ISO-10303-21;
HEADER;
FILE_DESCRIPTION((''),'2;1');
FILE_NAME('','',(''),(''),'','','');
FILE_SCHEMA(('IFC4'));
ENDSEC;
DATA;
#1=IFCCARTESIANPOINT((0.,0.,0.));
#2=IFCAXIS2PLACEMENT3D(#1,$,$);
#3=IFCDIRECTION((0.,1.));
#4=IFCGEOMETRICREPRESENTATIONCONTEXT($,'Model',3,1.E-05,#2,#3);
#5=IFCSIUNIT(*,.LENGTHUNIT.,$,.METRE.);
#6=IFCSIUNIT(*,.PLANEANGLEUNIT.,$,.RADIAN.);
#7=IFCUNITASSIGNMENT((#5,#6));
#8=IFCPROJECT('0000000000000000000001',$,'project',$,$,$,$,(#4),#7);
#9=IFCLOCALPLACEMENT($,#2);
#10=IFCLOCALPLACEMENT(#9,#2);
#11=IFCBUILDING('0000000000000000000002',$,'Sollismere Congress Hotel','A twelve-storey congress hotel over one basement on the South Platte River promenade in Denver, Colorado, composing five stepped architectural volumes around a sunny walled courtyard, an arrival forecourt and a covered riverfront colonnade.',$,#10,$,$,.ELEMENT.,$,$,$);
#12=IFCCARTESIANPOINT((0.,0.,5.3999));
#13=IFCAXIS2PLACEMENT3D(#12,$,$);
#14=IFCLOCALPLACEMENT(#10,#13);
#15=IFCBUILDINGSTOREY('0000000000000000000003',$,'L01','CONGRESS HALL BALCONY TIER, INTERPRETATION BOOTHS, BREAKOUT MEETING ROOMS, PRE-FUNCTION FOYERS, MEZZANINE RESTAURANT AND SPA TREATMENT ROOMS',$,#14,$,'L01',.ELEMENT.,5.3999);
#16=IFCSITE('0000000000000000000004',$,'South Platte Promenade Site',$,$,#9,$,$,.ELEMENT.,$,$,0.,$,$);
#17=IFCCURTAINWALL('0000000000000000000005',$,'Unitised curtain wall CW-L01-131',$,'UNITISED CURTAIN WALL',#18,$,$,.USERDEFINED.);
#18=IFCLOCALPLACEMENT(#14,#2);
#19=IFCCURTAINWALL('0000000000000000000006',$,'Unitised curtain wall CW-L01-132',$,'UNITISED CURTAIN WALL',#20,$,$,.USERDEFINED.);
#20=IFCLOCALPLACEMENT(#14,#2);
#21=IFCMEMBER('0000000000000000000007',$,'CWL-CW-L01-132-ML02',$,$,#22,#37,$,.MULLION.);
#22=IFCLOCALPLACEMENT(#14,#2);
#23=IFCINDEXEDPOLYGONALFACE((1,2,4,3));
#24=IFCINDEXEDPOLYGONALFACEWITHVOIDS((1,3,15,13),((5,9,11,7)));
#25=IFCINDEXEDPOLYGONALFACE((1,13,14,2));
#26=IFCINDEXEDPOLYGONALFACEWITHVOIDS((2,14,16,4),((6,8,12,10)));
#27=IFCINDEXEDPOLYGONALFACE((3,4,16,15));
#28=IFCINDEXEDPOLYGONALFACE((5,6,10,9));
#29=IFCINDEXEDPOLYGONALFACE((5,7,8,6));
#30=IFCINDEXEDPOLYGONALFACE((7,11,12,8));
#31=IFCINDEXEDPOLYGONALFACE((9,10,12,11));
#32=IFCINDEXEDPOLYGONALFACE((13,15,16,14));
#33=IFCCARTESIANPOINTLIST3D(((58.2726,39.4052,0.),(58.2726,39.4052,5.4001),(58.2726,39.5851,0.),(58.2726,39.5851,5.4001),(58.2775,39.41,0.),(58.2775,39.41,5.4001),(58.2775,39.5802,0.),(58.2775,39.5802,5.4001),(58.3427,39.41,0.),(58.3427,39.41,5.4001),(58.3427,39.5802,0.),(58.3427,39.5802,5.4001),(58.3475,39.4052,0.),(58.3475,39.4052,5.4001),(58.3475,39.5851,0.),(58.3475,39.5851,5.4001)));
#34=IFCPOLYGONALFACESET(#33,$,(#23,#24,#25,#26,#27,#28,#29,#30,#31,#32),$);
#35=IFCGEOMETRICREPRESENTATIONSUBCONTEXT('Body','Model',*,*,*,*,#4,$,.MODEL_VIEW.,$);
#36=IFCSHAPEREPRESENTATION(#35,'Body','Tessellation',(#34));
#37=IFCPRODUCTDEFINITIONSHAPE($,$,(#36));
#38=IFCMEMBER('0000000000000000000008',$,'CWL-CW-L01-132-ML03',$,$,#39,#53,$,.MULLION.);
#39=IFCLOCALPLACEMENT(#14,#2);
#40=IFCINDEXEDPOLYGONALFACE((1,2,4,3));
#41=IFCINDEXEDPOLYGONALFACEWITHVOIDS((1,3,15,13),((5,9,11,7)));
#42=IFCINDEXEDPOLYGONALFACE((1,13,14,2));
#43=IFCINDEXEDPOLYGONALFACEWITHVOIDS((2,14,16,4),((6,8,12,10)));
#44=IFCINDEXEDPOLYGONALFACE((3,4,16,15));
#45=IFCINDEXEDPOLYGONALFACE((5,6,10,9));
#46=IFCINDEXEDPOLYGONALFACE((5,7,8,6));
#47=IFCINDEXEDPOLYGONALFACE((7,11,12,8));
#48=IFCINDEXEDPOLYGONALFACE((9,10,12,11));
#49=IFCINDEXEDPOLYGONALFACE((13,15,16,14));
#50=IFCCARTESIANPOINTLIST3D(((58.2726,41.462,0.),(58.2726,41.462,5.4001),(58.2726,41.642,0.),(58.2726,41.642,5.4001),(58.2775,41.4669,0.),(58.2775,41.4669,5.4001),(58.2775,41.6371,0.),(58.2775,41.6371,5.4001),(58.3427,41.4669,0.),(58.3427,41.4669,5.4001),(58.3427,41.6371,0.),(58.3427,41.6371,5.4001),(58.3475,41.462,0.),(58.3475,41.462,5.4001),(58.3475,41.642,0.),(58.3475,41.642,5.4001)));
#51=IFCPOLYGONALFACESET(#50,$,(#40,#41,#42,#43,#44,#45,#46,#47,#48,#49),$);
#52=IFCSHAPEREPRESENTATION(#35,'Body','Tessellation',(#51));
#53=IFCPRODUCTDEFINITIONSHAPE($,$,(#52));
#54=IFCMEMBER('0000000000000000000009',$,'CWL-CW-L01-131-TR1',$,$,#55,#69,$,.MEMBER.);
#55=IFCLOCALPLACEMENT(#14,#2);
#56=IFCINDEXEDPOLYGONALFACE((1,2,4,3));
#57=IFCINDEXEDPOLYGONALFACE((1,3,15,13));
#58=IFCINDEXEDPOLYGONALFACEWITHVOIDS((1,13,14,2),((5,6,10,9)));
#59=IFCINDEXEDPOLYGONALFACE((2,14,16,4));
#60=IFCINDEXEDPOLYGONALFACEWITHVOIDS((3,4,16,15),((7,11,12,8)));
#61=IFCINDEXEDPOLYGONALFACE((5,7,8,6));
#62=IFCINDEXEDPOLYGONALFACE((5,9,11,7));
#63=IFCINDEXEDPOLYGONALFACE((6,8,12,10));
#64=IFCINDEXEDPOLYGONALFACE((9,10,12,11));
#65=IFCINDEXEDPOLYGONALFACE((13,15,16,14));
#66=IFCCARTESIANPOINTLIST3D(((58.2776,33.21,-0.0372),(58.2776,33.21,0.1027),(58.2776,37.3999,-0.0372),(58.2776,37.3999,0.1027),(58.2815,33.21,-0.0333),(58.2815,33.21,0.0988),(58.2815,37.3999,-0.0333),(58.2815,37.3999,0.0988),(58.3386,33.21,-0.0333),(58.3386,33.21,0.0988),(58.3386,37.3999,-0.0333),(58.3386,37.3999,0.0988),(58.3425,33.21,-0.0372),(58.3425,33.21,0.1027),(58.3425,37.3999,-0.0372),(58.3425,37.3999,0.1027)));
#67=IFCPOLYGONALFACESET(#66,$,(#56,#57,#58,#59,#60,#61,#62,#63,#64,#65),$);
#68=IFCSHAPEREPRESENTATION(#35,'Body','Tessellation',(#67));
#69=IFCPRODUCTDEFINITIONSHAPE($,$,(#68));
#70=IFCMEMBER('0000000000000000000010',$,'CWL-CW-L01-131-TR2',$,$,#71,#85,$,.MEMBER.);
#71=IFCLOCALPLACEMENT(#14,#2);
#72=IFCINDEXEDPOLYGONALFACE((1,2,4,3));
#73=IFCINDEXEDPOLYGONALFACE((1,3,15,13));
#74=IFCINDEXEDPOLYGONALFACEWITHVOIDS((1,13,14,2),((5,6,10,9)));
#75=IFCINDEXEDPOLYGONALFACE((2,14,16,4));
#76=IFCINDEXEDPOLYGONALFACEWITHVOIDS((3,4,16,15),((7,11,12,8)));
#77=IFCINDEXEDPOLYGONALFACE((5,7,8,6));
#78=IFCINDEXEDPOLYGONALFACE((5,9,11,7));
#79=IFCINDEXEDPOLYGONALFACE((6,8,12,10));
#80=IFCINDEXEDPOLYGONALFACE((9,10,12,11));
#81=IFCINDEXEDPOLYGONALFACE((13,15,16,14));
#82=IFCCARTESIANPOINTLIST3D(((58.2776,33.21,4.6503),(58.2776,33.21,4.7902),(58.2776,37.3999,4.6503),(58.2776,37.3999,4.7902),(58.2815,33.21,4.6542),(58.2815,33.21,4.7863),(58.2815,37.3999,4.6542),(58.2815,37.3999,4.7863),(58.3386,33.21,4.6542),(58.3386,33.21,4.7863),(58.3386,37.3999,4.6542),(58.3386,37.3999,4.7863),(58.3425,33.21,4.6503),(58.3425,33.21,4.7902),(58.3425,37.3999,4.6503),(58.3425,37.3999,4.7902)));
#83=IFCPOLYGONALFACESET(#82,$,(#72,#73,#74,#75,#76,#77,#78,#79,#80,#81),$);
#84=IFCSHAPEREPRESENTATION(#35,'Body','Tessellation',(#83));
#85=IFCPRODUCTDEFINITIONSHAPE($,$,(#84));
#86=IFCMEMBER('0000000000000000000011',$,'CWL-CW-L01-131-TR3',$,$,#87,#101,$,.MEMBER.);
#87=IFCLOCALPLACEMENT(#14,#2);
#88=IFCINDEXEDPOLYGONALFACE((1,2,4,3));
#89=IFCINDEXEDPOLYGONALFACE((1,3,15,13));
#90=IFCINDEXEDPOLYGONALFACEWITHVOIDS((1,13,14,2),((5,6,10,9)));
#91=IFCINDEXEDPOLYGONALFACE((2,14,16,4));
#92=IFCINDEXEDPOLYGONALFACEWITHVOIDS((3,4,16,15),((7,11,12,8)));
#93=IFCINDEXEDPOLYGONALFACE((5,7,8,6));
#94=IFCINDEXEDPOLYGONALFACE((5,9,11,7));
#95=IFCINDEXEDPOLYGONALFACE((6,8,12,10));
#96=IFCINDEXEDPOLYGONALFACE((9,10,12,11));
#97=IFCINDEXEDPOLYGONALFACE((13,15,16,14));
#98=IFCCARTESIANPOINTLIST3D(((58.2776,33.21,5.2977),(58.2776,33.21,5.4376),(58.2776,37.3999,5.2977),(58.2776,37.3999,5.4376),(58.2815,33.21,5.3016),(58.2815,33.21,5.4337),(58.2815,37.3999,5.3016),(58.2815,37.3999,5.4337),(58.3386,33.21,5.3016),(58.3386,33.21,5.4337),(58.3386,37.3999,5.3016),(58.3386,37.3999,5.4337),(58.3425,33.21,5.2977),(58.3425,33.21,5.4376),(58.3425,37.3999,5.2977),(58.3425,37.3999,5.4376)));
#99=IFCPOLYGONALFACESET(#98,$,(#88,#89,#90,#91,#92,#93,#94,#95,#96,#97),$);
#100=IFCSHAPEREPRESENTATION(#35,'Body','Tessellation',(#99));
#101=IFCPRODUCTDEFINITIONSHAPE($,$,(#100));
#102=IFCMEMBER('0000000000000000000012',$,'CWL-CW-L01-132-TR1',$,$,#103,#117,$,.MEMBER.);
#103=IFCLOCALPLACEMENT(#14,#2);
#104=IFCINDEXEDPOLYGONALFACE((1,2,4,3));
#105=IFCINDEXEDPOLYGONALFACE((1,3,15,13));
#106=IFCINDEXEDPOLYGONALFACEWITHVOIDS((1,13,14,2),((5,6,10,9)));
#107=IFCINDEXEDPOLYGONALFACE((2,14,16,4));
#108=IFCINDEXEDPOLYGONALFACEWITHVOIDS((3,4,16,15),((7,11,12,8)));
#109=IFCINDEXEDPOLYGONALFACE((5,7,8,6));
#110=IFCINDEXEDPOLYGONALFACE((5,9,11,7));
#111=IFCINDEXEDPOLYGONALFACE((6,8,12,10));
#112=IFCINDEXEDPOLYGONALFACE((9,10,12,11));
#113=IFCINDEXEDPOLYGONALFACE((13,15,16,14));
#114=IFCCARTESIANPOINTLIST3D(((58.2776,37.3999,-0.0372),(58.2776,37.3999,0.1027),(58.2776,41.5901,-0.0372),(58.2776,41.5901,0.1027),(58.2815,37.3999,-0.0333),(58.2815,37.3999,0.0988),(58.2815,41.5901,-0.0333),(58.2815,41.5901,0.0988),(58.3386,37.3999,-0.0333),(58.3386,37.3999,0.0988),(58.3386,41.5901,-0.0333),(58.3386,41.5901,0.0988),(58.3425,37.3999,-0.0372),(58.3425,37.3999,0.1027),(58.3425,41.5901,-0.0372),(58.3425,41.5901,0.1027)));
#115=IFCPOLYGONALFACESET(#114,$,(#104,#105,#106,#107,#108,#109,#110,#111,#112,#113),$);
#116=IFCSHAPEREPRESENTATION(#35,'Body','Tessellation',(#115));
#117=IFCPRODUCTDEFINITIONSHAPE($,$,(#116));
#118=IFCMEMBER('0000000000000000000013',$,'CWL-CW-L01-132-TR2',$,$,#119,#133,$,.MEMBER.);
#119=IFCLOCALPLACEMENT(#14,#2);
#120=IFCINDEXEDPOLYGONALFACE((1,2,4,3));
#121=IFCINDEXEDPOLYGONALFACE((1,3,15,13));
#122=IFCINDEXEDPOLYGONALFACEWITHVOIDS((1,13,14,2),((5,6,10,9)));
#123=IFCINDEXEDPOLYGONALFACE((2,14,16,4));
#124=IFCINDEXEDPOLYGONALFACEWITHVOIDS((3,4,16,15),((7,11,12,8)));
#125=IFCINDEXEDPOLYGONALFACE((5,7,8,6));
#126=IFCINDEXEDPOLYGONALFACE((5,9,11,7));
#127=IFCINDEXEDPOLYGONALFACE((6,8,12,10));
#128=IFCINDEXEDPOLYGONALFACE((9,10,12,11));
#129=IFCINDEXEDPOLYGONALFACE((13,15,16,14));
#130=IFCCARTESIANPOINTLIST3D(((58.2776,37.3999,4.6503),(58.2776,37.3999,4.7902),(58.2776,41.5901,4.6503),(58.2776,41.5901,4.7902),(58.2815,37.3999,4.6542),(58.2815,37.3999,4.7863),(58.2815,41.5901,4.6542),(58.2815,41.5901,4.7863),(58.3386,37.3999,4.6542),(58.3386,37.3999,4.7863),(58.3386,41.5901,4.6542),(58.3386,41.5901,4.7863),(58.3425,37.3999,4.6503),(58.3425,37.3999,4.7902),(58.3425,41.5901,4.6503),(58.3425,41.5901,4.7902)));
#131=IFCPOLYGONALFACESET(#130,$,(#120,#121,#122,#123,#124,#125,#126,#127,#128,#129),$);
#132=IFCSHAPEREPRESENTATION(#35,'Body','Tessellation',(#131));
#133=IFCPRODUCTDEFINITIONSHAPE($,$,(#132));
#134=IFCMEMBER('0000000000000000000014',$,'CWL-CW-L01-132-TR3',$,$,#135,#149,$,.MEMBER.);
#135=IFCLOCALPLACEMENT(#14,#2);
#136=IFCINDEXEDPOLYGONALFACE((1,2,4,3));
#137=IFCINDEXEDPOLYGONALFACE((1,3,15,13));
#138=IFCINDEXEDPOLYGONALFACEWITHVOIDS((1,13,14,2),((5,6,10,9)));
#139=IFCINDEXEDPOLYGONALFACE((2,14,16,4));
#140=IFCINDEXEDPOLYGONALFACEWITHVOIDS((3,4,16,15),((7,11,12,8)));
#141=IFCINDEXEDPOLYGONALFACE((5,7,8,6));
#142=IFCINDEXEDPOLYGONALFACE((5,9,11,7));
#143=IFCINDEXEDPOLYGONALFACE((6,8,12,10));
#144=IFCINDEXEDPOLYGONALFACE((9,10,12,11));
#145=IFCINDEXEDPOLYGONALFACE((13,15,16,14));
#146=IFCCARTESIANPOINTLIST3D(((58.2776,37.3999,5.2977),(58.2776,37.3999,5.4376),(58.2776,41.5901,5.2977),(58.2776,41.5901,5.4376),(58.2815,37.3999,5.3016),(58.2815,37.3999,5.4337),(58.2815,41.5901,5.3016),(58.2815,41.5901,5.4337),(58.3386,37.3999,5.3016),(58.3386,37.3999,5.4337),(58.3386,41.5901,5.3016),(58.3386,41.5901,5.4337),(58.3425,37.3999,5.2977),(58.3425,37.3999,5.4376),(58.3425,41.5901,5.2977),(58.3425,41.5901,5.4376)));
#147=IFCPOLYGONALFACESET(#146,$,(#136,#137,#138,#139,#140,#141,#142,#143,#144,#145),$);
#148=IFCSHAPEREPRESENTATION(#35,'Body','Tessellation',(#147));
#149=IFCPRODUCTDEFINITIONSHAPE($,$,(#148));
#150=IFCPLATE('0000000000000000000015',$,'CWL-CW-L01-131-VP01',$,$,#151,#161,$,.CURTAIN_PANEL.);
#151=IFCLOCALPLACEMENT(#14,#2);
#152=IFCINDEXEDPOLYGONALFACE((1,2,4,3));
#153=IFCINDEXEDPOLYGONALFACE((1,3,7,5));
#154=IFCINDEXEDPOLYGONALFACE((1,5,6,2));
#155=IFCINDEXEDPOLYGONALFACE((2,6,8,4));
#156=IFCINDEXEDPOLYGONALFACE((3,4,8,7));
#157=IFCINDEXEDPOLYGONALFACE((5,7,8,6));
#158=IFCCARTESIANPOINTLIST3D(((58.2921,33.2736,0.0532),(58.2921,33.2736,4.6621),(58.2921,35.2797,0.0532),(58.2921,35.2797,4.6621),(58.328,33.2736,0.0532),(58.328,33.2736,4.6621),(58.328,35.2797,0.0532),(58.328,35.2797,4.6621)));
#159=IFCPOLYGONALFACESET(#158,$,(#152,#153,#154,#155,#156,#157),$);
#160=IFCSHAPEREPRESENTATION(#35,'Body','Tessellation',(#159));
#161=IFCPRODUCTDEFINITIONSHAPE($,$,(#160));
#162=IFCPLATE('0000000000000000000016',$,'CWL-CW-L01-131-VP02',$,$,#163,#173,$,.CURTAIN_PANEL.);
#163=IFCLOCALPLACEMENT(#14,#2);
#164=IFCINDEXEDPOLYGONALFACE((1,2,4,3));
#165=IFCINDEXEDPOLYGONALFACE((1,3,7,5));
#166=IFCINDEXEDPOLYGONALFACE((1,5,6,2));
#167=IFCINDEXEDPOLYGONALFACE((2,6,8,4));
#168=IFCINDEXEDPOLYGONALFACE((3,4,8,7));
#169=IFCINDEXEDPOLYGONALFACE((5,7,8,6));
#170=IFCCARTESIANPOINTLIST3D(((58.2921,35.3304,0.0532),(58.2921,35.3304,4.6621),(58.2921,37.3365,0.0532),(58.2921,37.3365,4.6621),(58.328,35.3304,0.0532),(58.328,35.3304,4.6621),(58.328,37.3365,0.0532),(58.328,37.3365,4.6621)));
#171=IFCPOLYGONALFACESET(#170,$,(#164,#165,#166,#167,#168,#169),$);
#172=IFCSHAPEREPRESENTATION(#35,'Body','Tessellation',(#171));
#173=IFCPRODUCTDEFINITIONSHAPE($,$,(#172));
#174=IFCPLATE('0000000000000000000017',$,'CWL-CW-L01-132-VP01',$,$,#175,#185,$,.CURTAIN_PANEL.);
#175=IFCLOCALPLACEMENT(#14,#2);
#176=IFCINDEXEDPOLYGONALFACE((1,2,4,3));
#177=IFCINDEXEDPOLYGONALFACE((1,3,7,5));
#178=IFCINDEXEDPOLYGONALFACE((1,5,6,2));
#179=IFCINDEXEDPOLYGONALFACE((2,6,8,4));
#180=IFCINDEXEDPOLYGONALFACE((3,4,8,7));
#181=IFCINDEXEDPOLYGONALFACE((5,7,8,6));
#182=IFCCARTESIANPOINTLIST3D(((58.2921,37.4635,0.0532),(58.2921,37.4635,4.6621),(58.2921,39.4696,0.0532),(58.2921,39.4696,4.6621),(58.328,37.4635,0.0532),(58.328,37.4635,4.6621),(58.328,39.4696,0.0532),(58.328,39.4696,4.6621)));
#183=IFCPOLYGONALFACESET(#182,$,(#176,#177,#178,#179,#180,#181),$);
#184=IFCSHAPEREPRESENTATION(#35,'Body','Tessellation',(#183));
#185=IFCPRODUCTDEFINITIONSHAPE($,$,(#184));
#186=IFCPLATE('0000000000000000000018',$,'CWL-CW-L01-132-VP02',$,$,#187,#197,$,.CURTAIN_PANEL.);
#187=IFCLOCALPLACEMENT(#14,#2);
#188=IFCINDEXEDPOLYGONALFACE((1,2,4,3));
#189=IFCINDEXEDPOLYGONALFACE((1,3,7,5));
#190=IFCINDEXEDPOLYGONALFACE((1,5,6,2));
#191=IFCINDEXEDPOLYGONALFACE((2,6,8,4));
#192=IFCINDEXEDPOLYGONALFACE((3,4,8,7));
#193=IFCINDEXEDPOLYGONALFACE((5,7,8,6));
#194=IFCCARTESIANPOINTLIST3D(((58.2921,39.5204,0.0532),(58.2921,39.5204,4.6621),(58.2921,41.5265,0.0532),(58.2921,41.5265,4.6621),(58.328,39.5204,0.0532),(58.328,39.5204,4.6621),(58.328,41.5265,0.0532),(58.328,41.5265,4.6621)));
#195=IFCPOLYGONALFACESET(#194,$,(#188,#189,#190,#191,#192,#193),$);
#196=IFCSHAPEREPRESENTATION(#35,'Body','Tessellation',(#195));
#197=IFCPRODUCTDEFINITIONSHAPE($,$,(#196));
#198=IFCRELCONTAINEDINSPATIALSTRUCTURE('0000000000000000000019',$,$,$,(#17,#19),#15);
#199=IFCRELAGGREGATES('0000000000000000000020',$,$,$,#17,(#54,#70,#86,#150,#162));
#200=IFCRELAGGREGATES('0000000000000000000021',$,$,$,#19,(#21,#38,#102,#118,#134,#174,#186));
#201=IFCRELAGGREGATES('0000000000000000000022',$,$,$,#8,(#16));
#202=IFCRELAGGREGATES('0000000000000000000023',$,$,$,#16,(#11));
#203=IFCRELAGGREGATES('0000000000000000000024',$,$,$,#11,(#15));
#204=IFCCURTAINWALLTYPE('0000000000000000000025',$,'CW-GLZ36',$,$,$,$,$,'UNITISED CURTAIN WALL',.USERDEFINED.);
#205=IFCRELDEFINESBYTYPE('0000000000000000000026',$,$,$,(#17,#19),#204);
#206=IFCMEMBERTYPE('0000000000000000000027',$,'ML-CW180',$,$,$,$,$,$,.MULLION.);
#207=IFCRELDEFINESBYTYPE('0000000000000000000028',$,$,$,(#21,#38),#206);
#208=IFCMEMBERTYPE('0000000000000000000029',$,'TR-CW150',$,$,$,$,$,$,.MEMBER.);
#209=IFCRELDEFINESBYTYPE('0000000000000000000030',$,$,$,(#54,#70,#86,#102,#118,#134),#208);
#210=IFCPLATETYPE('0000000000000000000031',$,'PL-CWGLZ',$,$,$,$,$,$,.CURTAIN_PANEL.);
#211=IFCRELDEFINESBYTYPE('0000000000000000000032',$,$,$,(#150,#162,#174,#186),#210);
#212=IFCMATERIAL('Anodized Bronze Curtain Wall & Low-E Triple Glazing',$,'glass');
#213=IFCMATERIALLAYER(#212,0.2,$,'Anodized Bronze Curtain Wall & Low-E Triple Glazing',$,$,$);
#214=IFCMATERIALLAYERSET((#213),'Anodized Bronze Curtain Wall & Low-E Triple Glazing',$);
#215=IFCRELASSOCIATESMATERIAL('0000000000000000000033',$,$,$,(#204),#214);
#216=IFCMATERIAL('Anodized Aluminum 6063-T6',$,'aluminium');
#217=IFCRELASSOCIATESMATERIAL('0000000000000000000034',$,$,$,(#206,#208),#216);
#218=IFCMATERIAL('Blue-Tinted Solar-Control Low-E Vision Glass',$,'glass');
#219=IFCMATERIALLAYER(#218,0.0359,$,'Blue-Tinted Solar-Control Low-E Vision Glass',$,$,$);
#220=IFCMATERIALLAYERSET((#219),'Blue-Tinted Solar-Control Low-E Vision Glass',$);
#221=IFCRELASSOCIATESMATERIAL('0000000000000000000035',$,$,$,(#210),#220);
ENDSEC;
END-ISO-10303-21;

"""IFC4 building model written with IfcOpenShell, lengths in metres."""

from ifc_helpers import new_model, si_unit, direction, frame, origin, origin_2d, place, context, subcontext, project, spatial, rectangle, hollow_rectangle, extrude, material, layer, layer_set, material_profile, profile_set, type_object, element, aggregate, save


model = new_model("IFC4")

# Units and contexts
model_context = context("Model", 3, precision=1e-05, world=origin(), true_north=direction((0.0, 1.0)))
body_context = subcontext(model_context, "Body", "Model", "MODEL_VIEW")
ifc_project = project(units=[si_unit("LENGTHUNIT", "METRE"), si_unit("PLANEANGLEUNIT", "RADIAN")], contexts=[model_context])

# Site, building, storey
site_placement = place(None, origin())
site = spatial("IfcSite", under=ifc_project, at=site_placement, Name="South Platte Promenade Site", CompositionType="ELEMENT", RefElevation=0.0)
building_placement = place(site_placement, origin())
building = spatial("IfcBuilding", under=site, at=building_placement, Name="Sollismere Congress Hotel", Description="A twelve-storey congress hotel over one basement on the South Platte River promenade in Denver, Colorado, composing five stepped architectural volumes around a sunny walled courtyard, an arrival forecourt and a covered riverfront colonnade.", CompositionType="ELEMENT")
storey_placement = place(building_placement, frame((0.0, 0.0, 5.3999)))
storey = spatial("IfcBuildingStorey", under=building, at=storey_placement, Name="L01", Description="CONGRESS HALL BALCONY TIER, INTERPRETATION BOOTHS, BREAKOUT MEETING ROOMS, PRE-FUNCTION FOYERS, MEZZANINE RESTAURANT AND SPA TREATMENT ROOMS", LongName="L01", CompositionType="ELEMENT", Elevation=5.3999)

# Curtain walls, members
ifc_material_1 = material(Name="Anodized Bronze Curtain Wall & Low-E Triple Glazing", Category="glass")
ifc_layer_1 = layer(ifc_material_1, 0.2, Name="Anodized Bronze Curtain Wall & Low-E Triple Glazing")
ifc_layer_set_1 = layer_set([ifc_layer_1], Name="Anodized Bronze Curtain Wall & Low-E Triple Glazing")
curtain_wall_type = type_object("IfcCurtainWallType", Name="CW-GLZ36", ElementType="UNITISED CURTAIN WALL", PredefinedType="USERDEFINED", material=ifc_layer_set_1)
curtain_wall_1_placement = place(storey_placement, origin())
curtain_wall_1 = element("IfcCurtainWall", 1, at=curtain_wall_1_placement, inside=storey, type_object=curtain_wall_type, Name="Unitised curtain wall CW-L01-131", ObjectType="UNITISED CURTAIN WALL", PredefinedType="USERDEFINED")
ifc_material_2 = material(Name="Anodized Aluminum 6063-T6", Category="aluminium")
ifc_material_profile_1 = material_profile(ifc_material_2, hollow_rectangle(XDim=0.075, YDim=0.1799, WallThickness=0.0049, at=origin_2d()), Name="ALU180X75X5")
ifc_profile_set_1 = profile_set([ifc_material_profile_1], Name="Anodized Aluminum 6063-T6")
member_type_1 = type_object("IfcMemberType", Name="ML-CW180", PredefinedType="MULLION", material=ifc_profile_set_1)
curtain_wall_2_placement = place(storey_placement, origin())
curtain_wall_2 = element("IfcCurtainWall", 2, at=curtain_wall_2_placement, inside=storey, type_object=curtain_wall_type, Name="Unitised curtain wall CW-L01-132", ObjectType="UNITISED CURTAIN WALL", PredefinedType="USERDEFINED")
member_1_placement = place(storey_placement, frame((58.3101, 39.4951, 0.0), z_axis=(0.0, 0.0, 1.0), x_axis=(-1.0, 0.0, 0.0)))
member_1 = element("IfcMember", 3, at=member_1_placement, type_object=member_type_1, Name="CWL-CW-L01-132-ML02", PredefinedType="MULLION", context=body_context, shape_type="SweptSolid", body=[
    extrude(hollow_rectangle(XDim=0.075, YDim=0.1799, WallThickness=0.0049, at=origin_2d()), origin(), (0.0, 0.0, 1.0), 5.4001),
])
member_2_placement = place(storey_placement, frame((58.3101, 41.552, 0.0), z_axis=(0.0, 0.0, 1.0), x_axis=(-1.0, 0.0, 0.0)))
member_2 = element("IfcMember", 4, at=member_2_placement, type_object=member_type_1, Name="CWL-CW-L01-132-ML03", PredefinedType="MULLION", context=body_context, shape_type="SweptSolid", body=[
    extrude(hollow_rectangle(XDim=0.075, YDim=0.1799, WallThickness=0.0049, at=origin_2d()), origin(), (0.0, 0.0, 1.0), 5.4001),
])

# Members
ifc_material_profile_2 = material_profile(ifc_material_2, hollow_rectangle(XDim=0.0649, YDim=0.1399, WallThickness=0.0039, at=origin_2d()), Name="ALU140X65X4")
ifc_profile_set_2 = profile_set([ifc_material_profile_2], Name="Anodized Aluminum 6063-T6")
member_type_2 = type_object("IfcMemberType", Name="TR-CW150", PredefinedType="MEMBER", material=ifc_profile_set_2)
member_3_placement = place(storey_placement, frame((58.3101, 33.21, 0.0327), z_axis=(0.0, 1.0, 0.0), x_axis=(-1.0, 0.0, 0.0)))
member_3 = element("IfcMember", 5, at=member_3_placement, type_object=member_type_2, Name="CWL-CW-L01-131-TR1", PredefinedType="MEMBER", context=body_context, shape_type="SweptSolid", body=[
    extrude(hollow_rectangle(XDim=0.0649, YDim=0.1399, WallThickness=0.0039, at=origin_2d()), origin(), (0.0, 0.0, 1.0), 4.1899),
])
member_4_placement = place(storey_placement, frame((58.3101, 33.21, 4.7202), z_axis=(0.0, 1.0, 0.0), x_axis=(-1.0, 0.0, 0.0)))
member_4 = element("IfcMember", 6, at=member_4_placement, type_object=member_type_2, Name="CWL-CW-L01-131-TR2", PredefinedType="MEMBER", context=body_context, shape_type="SweptSolid", body=[
    extrude(hollow_rectangle(XDim=0.0649, YDim=0.1399, WallThickness=0.0039, at=origin_2d()), origin(), (0.0, 0.0, 1.0), 4.1899),
])
member_5_placement = place(storey_placement, frame((58.3101, 33.21, 5.3677), z_axis=(0.0, 1.0, 0.0), x_axis=(-1.0, 0.0, 0.0)))
member_5 = element("IfcMember", 7, at=member_5_placement, type_object=member_type_2, Name="CWL-CW-L01-131-TR3", PredefinedType="MEMBER", context=body_context, shape_type="SweptSolid", body=[
    extrude(hollow_rectangle(XDim=0.0649, YDim=0.1399, WallThickness=0.0039, at=origin_2d()), origin(), (0.0, 0.0, 1.0), 4.1899),
])
member_6_placement = place(storey_placement, frame((58.3101, 37.3999, 0.0327), z_axis=(0.0, 1.0, 0.0), x_axis=(-1.0, 0.0, 0.0)))
member_6 = element("IfcMember", 8, at=member_6_placement, type_object=member_type_2, Name="CWL-CW-L01-132-TR1", PredefinedType="MEMBER", context=body_context, shape_type="SweptSolid", body=[
    extrude(hollow_rectangle(XDim=0.0649, YDim=0.1399, WallThickness=0.0039, at=origin_2d()), origin(), (0.0, 0.0, 1.0), 4.1902),
])
member_7_placement = place(storey_placement, frame((58.3101, 37.3999, 4.7202), z_axis=(0.0, 1.0, 0.0), x_axis=(-1.0, 0.0, 0.0)))
member_7 = element("IfcMember", 9, at=member_7_placement, type_object=member_type_2, Name="CWL-CW-L01-132-TR2", PredefinedType="MEMBER", context=body_context, shape_type="SweptSolid", body=[
    extrude(hollow_rectangle(XDim=0.0649, YDim=0.1399, WallThickness=0.0039, at=origin_2d()), origin(), (0.0, 0.0, 1.0), 4.1902),
])
member_8_placement = place(storey_placement, frame((58.3101, 37.3999, 5.3677), z_axis=(0.0, 1.0, 0.0), x_axis=(-1.0, 0.0, 0.0)))
member_8 = element("IfcMember", 10, at=member_8_placement, type_object=member_type_2, Name="CWL-CW-L01-132-TR3", PredefinedType="MEMBER", context=body_context, shape_type="SweptSolid", body=[
    extrude(hollow_rectangle(XDim=0.0649, YDim=0.1399, WallThickness=0.0039, at=origin_2d()), origin(), (0.0, 0.0, 1.0), 4.1902),
])

# Plates
ifc_material_3 = material(Name="Blue-Tinted Solar-Control Low-E Vision Glass", Category="glass")
ifc_layer_2 = layer(ifc_material_3, 0.0359, Name="Blue-Tinted Solar-Control Low-E Vision Glass")
ifc_layer_set_2 = layer_set([ifc_layer_2], Name="Blue-Tinted Solar-Control Low-E Vision Glass")
plate_type_1 = type_object("IfcPlateType", Name="PL-CWGLZ", PredefinedType="CURTAIN_PANEL", material=ifc_layer_set_2)
plate_1_placement = place(storey_placement, frame((58.3101, 34.2766, 0.0532), z_axis=(0.0, 0.0, 1.0), x_axis=(0.0, 1.0, 0.0)))
plate_1 = element("IfcPlate", 11, at=plate_1_placement, type_object=plate_type_1, Name="CWL-CW-L01-131-VP01", PredefinedType="CURTAIN_PANEL", context=body_context, shape_type="SweptSolid", body=[
    extrude(rectangle(XDim=2.0061, YDim=0.0359, at=origin_2d()), origin(), (0.0, 0.0, 1.0), 4.6089),
])
plate_2_placement = place(storey_placement, frame((58.3101, 36.3335, 0.0532), z_axis=(0.0, 0.0, 1.0), x_axis=(0.0, 1.0, 0.0)))
plate_2 = element("IfcPlate", 12, at=plate_2_placement, type_object=plate_type_1, Name="CWL-CW-L01-131-VP02", PredefinedType="CURTAIN_PANEL", context=body_context, shape_type="SweptSolid", body=[
    extrude(rectangle(XDim=2.0061, YDim=0.0359, at=origin_2d()), origin(), (0.0, 0.0, 1.0), 4.6089),
])
plate_3_placement = place(storey_placement, frame((58.3101, 38.4666, 0.0532), z_axis=(0.0, 0.0, 1.0), x_axis=(0.0, 1.0, 0.0)))
plate_3 = element("IfcPlate", 13, at=plate_3_placement, type_object=plate_type_1, Name="CWL-CW-L01-132-VP01", PredefinedType="CURTAIN_PANEL", context=body_context, shape_type="SweptSolid", body=[
    extrude(rectangle(XDim=2.0061, YDim=0.0359, at=origin_2d()), origin(), (0.0, 0.0, 1.0), 4.6089),
])
plate_4_placement = place(storey_placement, frame((58.3101, 40.5234, 0.0532), z_axis=(0.0, 0.0, 1.0), x_axis=(0.0, 1.0, 0.0)))
plate_4 = element("IfcPlate", 14, at=plate_4_placement, type_object=plate_type_1, Name="CWL-CW-L01-132-VP02", PredefinedType="CURTAIN_PANEL", context=body_context, shape_type="SweptSolid", body=[
    extrude(rectangle(XDim=2.0061, YDim=0.0359, at=origin_2d()), origin(), (0.0, 0.0, 1.0), 4.6089),
])
aggregate(curtain_wall_1, [member_3, member_4, member_5, plate_1, plate_2])
aggregate(curtain_wall_2, [member_1, member_2, member_6, member_7, member_8, plate_3, plate_4])

save(model, "model.ifc")
